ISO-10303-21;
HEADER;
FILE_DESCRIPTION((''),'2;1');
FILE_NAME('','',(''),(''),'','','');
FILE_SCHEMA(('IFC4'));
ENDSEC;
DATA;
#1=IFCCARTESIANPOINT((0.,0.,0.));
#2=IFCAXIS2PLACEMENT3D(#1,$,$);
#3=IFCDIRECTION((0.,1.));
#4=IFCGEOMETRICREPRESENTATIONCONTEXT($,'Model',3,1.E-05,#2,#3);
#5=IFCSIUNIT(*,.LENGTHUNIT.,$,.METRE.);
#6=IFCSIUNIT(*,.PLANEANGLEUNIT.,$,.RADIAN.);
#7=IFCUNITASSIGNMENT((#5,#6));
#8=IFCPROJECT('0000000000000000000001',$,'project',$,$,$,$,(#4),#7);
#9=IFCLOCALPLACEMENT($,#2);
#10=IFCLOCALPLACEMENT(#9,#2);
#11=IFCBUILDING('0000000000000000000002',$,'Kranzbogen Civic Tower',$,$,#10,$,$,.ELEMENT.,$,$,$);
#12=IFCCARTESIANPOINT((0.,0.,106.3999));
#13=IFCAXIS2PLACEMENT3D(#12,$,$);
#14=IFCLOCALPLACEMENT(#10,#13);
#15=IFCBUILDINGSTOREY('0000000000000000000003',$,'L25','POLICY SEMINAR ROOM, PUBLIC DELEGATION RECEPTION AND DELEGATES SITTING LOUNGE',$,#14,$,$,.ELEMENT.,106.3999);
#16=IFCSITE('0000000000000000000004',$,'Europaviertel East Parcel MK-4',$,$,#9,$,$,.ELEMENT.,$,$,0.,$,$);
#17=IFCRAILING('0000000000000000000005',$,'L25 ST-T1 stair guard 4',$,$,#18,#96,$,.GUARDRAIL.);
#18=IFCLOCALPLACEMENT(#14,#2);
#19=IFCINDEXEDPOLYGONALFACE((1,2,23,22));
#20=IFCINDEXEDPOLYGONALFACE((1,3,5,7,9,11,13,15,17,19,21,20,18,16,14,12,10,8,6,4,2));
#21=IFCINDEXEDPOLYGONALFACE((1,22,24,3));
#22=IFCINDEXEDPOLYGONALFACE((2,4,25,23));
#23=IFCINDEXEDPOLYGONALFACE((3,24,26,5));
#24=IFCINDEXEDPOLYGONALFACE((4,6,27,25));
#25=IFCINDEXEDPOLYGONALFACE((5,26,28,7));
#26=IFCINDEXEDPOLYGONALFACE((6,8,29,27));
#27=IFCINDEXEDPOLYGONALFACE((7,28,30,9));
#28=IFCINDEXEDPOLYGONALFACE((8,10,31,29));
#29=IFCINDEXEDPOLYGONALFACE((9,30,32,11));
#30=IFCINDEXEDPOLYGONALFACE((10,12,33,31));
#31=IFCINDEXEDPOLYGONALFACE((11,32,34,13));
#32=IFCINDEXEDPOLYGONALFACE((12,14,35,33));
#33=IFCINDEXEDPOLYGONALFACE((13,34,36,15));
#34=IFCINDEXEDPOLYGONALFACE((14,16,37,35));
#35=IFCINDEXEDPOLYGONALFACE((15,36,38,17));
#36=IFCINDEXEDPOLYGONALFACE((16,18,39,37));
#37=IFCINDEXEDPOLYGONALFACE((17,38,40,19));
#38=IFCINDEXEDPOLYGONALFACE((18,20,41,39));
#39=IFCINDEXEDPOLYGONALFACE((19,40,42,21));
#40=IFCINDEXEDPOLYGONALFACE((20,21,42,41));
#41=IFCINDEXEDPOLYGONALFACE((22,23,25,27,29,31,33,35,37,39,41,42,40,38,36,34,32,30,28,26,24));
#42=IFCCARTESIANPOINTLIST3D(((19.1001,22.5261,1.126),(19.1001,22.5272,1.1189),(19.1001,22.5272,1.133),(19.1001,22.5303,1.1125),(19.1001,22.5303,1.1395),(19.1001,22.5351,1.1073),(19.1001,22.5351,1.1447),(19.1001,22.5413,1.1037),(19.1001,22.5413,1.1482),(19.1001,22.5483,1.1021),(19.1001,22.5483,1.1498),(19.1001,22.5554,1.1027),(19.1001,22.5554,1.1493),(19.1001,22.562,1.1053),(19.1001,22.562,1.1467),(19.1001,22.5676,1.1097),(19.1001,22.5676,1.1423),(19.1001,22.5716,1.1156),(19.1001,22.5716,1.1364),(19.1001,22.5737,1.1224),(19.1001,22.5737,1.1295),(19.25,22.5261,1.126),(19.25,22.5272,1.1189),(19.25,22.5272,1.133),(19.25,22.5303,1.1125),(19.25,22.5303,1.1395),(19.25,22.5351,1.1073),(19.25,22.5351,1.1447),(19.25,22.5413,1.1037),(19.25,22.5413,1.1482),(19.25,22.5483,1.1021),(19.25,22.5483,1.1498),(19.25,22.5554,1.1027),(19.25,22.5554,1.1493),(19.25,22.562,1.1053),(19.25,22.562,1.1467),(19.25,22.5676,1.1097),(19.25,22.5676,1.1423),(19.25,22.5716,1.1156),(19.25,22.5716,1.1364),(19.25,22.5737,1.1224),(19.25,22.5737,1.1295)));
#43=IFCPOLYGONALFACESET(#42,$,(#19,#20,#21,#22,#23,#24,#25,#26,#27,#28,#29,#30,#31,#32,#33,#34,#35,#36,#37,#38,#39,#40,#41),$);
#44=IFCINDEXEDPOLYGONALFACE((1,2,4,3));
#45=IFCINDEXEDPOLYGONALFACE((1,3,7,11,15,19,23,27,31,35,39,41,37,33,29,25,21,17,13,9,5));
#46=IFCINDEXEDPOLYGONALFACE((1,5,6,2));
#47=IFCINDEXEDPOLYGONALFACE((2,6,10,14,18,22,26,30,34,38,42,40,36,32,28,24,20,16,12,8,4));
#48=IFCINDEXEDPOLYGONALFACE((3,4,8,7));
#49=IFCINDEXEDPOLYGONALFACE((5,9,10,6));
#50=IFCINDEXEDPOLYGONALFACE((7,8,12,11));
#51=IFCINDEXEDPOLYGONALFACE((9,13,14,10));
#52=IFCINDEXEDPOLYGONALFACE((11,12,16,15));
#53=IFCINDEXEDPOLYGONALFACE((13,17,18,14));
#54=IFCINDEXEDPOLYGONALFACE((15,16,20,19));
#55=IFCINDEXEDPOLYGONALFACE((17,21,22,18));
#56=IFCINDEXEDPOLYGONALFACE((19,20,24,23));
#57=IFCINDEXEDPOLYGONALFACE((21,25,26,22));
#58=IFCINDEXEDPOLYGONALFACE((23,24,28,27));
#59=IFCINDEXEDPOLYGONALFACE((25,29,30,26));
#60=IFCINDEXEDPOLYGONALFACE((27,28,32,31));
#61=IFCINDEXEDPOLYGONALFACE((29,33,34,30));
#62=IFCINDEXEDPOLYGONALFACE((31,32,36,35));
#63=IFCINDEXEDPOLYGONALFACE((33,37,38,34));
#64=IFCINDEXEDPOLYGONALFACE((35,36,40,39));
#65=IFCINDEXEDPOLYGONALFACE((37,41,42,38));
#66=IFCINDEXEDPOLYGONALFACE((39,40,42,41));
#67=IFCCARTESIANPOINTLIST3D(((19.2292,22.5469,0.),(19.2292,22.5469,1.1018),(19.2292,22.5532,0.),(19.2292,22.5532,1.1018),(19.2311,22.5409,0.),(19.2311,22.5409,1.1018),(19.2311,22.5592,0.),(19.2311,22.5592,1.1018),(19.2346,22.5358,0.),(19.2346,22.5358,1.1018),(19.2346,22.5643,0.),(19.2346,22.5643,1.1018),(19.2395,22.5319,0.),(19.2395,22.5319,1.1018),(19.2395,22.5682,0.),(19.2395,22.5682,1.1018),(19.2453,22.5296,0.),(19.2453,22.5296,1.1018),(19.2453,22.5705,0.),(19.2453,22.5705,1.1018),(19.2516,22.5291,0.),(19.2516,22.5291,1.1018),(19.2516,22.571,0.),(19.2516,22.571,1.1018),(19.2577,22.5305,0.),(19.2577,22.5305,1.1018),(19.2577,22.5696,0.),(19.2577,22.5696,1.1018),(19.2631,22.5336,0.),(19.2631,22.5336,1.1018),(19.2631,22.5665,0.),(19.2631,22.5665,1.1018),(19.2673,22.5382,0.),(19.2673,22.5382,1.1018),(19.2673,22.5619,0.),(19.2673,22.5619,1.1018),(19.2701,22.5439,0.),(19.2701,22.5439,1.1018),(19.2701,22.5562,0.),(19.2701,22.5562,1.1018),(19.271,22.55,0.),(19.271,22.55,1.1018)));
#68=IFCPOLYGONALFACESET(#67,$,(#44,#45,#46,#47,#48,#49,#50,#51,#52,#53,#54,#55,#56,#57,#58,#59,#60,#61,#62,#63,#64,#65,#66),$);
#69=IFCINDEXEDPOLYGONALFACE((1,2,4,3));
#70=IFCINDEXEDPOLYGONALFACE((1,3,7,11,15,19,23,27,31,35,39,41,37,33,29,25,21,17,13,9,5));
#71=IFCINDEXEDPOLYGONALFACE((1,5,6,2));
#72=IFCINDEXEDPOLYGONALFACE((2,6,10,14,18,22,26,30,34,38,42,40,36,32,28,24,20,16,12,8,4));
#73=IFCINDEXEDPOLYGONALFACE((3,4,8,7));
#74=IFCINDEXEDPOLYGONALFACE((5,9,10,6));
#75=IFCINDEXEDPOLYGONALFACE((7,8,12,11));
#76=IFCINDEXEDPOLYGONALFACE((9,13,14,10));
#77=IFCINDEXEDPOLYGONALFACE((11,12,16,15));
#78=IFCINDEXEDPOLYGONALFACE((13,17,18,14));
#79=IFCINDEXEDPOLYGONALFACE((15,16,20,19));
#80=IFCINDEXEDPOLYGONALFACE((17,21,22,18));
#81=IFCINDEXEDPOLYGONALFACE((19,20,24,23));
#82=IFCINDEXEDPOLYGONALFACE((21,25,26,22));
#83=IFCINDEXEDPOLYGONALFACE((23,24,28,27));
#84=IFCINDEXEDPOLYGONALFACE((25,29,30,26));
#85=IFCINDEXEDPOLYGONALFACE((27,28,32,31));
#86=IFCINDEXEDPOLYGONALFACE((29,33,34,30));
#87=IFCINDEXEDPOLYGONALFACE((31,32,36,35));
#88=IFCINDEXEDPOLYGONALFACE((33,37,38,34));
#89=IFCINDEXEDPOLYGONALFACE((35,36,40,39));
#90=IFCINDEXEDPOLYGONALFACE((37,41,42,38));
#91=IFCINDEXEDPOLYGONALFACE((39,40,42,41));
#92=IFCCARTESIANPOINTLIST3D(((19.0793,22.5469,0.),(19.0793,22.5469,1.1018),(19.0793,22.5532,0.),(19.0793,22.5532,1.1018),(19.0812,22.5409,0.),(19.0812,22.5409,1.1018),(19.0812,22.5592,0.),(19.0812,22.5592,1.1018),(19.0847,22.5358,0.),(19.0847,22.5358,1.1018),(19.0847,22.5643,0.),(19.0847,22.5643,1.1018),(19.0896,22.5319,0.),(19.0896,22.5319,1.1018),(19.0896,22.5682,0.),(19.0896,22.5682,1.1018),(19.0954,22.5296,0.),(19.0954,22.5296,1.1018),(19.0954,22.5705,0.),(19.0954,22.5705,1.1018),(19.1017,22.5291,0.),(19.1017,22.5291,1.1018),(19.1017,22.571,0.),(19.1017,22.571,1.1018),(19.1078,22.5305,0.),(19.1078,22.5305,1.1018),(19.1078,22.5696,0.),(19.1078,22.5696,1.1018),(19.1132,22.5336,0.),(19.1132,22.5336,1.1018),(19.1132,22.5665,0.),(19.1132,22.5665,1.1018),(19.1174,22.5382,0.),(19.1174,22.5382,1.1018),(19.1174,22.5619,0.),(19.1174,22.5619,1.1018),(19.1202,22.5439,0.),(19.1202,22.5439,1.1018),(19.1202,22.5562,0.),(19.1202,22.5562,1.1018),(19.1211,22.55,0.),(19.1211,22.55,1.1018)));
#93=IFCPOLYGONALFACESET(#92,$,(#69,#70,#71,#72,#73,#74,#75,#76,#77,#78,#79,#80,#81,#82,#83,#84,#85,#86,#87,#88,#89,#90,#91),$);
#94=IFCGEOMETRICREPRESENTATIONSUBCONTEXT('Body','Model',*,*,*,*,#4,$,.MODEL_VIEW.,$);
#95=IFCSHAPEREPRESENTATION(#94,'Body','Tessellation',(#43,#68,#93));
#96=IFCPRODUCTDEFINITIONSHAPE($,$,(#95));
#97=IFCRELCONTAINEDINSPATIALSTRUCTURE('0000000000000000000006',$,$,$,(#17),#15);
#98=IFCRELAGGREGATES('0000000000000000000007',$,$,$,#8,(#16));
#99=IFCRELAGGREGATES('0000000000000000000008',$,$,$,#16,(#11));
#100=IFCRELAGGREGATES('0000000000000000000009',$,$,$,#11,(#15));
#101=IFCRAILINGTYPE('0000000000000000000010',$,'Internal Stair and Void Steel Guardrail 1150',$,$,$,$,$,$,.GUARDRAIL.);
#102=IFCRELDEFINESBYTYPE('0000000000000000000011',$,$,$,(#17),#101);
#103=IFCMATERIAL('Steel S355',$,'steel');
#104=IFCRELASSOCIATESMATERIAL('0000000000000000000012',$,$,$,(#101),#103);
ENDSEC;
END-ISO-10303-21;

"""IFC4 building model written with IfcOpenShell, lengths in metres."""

from ifc_helpers import new_model, si_unit, direction, frame, origin, origin_2d, place, context, subcontext, project, spatial, circle, extrude, material, type_object, element, save


model = new_model("IFC4")

# Units and contexts
model_context = context("Model", 3, precision=1e-05, world=origin(), true_north=direction((0.0, 1.0)))
body_context = subcontext(model_context, "Body", "Model", "MODEL_VIEW")
ifc_project = project(units=[si_unit("LENGTHUNIT", "METRE"), si_unit("PLANEANGLEUNIT", "RADIAN")], contexts=[model_context])

# Site, building, storey
site_placement = place(None, origin())
site = spatial("IfcSite", under=ifc_project, at=site_placement, Name="Europaviertel East Parcel MK-4", CompositionType="ELEMENT", RefElevation=0.0)
building_placement = place(site_placement, origin())
building = spatial("IfcBuilding", under=site, at=building_placement, Name="Kranzbogen Civic Tower", CompositionType="ELEMENT")
storey_placement = place(building_placement, frame((0.0, 0.0, 106.3999)))
storey = spatial("IfcBuildingStorey", under=building, at=storey_placement, Name="L25", Description="POLICY SEMINAR ROOM, PUBLIC DELEGATION RECEPTION AND DELEGATES SITTING LOUNGE", CompositionType="ELEMENT", Elevation=106.3999)

# Shared definitions
ifc_material_1 = material(Name="Steel S355", Category="steel")

# Railing
railing_type_1 = type_object("IfcRailingType", Name="Internal Stair and Void Steel Guardrail 1150", PredefinedType="GUARDRAIL", material=ifc_material_1)
railing_1_placement = place(storey_placement, frame((19.25, 22.55, 0.0)))
element("IfcRailing", 1, at=railing_1_placement, inside=storey, type_object=railing_type_1, Name="L25 ST-T1 stair guard 4", PredefinedType="GUARDRAIL", context=body_context, shape_type="SweptSolid", body=[
    extrude(circle(Radius=0.0239, at=origin_2d()), frame((0.0, 0.0, 1.126), z_axis=(-1.0, 0.0, 0.0), x_axis=(0.0, -1.0, 0.0)), (0.0, 0.0, 1.0), 0.1499),
    extrude(circle(Radius=0.021, at=origin_2d()), origin(), (0.0, 0.0, 1.0), 1.1018),
    extrude(circle(Radius=0.021, at=origin_2d()), frame((-0.1499, 0.0, 0.0)), (0.0, 0.0, 1.0), 1.1018),
])

save(model, "model.ifc")
